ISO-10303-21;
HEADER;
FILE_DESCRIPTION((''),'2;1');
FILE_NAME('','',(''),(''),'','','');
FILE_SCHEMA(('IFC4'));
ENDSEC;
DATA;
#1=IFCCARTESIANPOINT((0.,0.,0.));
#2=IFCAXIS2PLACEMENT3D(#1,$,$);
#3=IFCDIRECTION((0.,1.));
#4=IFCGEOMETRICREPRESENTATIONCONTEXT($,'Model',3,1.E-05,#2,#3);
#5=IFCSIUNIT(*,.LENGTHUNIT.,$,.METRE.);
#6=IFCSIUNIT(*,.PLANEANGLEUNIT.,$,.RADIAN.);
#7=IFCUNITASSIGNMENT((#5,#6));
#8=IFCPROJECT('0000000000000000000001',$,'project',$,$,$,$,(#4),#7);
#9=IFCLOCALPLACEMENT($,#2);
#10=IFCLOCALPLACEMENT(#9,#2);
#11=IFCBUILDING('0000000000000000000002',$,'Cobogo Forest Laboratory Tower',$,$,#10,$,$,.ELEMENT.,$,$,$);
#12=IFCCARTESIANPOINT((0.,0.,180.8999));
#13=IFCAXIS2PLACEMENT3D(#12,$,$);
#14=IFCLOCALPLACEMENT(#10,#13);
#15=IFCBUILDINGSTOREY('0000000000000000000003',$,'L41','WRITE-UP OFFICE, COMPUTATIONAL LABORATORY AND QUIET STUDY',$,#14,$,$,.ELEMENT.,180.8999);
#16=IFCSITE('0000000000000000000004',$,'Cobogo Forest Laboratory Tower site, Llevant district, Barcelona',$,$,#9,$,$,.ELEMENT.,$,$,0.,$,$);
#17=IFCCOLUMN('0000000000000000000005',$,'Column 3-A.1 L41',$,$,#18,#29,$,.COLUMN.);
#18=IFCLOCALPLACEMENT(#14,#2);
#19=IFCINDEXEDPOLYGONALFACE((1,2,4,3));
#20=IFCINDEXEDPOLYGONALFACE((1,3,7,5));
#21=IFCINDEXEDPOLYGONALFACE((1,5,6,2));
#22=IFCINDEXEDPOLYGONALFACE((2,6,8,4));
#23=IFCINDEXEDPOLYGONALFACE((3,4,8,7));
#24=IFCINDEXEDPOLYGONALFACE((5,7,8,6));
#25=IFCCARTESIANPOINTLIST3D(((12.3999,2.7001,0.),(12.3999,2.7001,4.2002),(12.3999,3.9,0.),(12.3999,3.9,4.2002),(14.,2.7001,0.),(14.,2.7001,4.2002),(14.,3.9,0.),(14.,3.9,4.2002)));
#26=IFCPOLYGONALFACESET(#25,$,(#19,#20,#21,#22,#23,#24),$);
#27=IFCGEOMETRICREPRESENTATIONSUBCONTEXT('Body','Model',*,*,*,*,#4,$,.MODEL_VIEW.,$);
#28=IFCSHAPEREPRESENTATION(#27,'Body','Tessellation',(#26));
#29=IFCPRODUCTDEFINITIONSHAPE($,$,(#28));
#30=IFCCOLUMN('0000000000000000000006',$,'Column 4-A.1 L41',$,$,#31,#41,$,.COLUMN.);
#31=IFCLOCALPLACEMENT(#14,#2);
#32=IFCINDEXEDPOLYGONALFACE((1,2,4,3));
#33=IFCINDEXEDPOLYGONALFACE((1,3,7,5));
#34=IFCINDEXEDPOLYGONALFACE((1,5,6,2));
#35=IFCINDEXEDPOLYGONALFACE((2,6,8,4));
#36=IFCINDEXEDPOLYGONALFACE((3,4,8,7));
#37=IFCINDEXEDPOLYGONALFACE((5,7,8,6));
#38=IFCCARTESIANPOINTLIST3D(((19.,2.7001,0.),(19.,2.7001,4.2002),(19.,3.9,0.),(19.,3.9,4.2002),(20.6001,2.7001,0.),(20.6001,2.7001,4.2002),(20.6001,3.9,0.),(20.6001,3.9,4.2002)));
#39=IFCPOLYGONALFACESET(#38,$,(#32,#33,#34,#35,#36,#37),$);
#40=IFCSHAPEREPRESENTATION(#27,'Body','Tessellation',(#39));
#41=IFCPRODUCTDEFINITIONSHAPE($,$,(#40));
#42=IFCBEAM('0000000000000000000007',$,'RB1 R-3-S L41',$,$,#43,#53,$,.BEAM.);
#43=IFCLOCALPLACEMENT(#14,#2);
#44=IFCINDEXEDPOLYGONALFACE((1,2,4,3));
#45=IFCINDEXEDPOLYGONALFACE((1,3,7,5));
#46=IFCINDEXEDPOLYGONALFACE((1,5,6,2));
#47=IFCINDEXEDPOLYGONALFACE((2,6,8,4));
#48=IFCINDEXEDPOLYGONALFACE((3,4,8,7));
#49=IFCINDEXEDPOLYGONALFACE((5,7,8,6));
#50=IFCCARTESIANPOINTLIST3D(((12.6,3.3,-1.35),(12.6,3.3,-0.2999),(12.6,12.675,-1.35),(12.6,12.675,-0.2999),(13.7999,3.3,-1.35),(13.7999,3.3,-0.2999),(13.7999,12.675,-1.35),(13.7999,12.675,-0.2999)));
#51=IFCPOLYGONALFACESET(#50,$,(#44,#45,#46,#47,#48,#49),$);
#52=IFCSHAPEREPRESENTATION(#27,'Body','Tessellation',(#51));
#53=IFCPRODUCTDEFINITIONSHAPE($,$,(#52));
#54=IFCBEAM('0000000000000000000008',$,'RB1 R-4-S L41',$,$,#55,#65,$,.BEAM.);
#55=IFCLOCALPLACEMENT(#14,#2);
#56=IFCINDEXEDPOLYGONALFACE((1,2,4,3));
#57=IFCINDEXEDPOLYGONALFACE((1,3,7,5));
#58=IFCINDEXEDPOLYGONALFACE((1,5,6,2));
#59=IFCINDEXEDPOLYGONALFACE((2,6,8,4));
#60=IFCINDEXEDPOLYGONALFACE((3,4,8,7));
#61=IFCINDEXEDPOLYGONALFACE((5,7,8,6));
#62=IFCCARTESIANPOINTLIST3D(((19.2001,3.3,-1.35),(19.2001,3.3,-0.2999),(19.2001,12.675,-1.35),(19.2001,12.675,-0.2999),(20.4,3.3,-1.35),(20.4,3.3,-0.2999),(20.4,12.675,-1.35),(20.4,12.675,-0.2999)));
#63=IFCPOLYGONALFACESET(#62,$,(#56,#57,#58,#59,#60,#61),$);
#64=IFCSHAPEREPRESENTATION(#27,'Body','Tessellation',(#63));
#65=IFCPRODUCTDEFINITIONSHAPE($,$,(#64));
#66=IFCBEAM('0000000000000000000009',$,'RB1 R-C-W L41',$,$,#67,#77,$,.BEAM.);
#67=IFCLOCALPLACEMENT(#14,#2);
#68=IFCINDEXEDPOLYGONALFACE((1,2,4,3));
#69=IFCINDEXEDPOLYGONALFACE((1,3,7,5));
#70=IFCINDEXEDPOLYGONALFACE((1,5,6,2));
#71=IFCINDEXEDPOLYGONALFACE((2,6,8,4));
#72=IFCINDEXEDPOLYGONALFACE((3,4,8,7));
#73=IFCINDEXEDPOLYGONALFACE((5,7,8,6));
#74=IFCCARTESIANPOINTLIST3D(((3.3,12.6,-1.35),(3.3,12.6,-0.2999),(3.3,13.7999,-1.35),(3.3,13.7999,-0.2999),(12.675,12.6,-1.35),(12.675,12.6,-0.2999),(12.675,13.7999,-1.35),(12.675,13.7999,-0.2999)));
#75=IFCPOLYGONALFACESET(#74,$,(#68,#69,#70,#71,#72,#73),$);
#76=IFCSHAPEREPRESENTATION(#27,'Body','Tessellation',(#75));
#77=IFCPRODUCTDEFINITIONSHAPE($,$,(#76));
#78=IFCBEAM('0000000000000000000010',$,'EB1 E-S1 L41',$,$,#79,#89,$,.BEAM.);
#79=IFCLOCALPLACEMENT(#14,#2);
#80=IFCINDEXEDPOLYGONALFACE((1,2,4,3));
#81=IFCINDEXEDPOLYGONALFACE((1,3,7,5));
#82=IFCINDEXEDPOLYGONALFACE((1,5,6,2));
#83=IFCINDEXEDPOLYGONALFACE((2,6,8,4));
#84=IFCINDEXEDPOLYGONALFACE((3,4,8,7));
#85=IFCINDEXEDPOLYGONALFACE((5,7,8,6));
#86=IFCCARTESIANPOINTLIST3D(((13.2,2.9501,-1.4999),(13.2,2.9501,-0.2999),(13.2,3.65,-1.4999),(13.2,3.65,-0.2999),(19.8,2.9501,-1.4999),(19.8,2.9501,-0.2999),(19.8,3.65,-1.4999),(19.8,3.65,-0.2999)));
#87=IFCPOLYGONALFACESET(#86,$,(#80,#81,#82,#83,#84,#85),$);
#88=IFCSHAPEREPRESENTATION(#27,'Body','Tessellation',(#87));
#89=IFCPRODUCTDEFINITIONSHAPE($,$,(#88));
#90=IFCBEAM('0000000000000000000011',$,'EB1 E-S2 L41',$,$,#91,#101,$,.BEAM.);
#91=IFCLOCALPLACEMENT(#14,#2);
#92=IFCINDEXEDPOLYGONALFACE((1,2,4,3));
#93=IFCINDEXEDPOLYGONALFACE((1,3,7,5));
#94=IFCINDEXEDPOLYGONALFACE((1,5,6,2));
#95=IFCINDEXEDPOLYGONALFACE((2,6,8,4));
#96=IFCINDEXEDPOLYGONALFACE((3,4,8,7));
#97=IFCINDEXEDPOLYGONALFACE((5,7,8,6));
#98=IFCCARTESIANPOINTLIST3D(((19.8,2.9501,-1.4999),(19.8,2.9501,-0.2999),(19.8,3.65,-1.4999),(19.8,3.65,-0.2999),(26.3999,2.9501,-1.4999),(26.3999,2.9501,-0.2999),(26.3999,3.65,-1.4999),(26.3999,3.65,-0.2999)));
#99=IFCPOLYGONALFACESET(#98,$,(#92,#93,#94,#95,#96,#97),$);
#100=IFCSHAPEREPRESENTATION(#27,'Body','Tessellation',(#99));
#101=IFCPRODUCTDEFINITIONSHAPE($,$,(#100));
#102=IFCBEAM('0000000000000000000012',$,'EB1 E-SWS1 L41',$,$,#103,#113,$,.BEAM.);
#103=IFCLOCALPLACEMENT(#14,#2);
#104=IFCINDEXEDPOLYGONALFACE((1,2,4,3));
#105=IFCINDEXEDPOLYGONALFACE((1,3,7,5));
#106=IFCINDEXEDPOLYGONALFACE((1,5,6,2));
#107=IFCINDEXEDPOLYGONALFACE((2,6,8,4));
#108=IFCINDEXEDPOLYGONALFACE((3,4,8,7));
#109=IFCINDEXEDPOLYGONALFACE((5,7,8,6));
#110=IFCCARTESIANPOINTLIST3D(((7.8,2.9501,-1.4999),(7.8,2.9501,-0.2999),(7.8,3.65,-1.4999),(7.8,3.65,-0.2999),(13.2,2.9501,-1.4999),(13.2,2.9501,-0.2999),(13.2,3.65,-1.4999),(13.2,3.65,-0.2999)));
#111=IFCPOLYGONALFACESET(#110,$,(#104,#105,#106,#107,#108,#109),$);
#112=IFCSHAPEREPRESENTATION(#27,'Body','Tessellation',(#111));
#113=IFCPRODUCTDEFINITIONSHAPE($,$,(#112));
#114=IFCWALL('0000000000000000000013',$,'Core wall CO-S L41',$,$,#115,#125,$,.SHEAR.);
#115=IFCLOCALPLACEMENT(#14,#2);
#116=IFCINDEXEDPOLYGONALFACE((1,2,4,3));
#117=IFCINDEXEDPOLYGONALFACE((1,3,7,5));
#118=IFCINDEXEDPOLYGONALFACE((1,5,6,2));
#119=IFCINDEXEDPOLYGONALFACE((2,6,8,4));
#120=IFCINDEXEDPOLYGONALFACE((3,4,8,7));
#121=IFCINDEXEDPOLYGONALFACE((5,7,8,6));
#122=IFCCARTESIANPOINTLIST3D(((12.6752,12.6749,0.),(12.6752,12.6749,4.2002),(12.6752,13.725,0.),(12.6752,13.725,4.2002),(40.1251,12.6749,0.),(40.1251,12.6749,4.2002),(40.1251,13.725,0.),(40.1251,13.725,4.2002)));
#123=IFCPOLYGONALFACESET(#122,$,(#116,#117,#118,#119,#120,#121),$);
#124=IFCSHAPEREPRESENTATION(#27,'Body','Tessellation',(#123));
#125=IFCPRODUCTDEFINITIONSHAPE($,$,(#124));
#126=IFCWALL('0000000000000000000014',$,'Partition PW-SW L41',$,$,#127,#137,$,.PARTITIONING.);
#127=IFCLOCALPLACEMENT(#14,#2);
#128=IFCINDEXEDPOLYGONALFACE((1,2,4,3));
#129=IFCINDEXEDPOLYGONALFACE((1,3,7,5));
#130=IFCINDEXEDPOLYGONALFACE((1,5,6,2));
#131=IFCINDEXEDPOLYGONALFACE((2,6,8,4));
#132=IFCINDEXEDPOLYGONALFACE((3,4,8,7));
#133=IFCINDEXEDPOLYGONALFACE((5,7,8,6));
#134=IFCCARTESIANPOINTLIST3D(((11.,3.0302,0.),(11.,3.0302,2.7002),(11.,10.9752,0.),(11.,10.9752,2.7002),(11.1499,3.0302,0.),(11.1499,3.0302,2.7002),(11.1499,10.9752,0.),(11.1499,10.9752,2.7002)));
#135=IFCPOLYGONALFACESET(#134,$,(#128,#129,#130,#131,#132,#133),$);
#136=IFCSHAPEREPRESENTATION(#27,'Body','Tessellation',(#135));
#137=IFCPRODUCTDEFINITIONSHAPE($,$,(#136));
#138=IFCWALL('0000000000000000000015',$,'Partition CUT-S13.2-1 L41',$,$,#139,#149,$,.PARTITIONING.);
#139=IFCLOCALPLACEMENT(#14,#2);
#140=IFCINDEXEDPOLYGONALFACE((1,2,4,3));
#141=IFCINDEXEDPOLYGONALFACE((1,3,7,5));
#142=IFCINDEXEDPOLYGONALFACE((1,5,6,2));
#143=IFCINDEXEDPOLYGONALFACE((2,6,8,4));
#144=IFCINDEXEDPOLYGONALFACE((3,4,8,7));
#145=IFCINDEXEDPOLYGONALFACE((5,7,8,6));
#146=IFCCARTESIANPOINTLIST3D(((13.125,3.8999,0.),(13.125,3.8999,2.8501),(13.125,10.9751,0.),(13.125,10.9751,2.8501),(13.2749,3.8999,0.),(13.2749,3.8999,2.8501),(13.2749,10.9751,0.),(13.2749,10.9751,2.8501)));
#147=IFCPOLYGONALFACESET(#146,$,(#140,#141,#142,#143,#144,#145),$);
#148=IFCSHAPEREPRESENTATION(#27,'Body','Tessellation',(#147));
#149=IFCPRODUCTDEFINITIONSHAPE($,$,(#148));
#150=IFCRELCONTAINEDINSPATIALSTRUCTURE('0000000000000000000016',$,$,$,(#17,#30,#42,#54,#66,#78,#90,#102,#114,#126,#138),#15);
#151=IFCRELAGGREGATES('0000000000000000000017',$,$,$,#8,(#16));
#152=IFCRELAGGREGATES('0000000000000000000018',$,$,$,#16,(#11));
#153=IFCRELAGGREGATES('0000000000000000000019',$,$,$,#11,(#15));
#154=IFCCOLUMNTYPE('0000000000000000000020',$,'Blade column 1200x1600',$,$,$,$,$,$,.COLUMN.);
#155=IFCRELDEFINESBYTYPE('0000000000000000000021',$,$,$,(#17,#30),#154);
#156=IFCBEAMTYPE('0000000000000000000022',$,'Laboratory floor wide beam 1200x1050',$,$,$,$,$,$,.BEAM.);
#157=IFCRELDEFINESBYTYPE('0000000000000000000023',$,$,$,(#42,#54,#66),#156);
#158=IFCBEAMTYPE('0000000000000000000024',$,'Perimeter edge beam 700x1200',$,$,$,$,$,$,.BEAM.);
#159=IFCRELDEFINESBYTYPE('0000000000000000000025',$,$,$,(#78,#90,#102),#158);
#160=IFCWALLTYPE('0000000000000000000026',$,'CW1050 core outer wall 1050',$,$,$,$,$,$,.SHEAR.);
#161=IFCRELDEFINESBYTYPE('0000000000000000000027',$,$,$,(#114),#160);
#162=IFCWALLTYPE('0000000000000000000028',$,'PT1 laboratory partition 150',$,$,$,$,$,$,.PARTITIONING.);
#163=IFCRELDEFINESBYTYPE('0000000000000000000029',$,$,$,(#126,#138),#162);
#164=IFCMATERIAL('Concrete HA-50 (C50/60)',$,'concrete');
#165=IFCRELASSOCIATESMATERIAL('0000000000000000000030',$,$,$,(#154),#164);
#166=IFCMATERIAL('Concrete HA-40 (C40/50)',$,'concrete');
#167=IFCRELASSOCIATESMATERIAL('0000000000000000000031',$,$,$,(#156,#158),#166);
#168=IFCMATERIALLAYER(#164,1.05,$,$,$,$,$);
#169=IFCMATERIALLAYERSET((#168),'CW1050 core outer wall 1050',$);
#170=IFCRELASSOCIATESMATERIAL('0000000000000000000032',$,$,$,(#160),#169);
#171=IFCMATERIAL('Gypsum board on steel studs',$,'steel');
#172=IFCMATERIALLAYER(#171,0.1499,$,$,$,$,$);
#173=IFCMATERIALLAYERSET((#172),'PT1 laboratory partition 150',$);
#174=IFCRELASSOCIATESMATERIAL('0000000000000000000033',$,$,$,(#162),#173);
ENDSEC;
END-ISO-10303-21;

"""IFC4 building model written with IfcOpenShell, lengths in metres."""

from ifc_helpers import new_model, si_unit, direction, frame, frame_2d, origin, origin_2d, place, context, subcontext, project, spatial, rectangle, extrude, material, layer, layer_set, material_profile, profile_set, type_object, element, save


model = new_model("IFC4")

# Units and contexts
model_context = context("Model", 3, precision=1e-05, world=origin(), true_north=direction((0.0, 1.0)))
body_context = subcontext(model_context, "Body", "Model", "MODEL_VIEW")
ifc_project = project(units=[si_unit("LENGTHUNIT", "METRE"), si_unit("PLANEANGLEUNIT", "RADIAN")], contexts=[model_context])

# Site, building, storey
site_placement = place(None, origin())
site = spatial("IfcSite", under=ifc_project, at=site_placement, Name="Cobogo Forest Laboratory Tower site, Llevant district, Barcelona", CompositionType="ELEMENT", RefElevation=0.0)
building_placement = place(site_placement, origin())
building = spatial("IfcBuilding", under=site, at=building_placement, Name="Cobogo Forest Laboratory Tower", CompositionType="ELEMENT")
storey_placement = place(building_placement, frame((0.0, 0.0, 180.8999)))
storey = spatial("IfcBuildingStorey", under=building, at=storey_placement, Name="L41", Description="WRITE-UP OFFICE, COMPUTATIONAL LABORATORY AND QUIET STUDY", CompositionType="ELEMENT", Elevation=180.8999)

# Columns
ifc_material_1 = material(Name="Concrete HA-50 (C50/60)", Category="concrete")
ifc_material_profile_1 = material_profile(ifc_material_1, rectangle(XDim=1.6001, YDim=1.2, at=origin_2d()), Name="RC 1200x1600")
ifc_profile_set_1 = profile_set([ifc_material_profile_1], Name="Concrete HA-50 (C50/60)")
column_type = type_object("IfcColumnType", Name="Blade column 1200x1600", PredefinedType="COLUMN", material=ifc_profile_set_1)
for number, where, z_axis, x_axis, name in (
    (1, (13.2, 3.3, 0.0), (0.0, 0.0, 1.0), (1.0, 0.0, 0.0), "Column 3-A.1 L41"),
    (2, (19.8, 3.3, 0.0), (0.0, 0.0, 1.0), (1.0, 0.0, 0.0), "Column 4-A.1 L41"),
):
    element("IfcColumn", number, at=place(storey_placement, frame(where, z_axis=z_axis, x_axis=x_axis)), inside=storey, type_object=column_type, Name=name, PredefinedType="COLUMN", context=body_context, shape_type="SweptSolid", body=[
        extrude(rectangle(XDim=1.6001, YDim=1.2, at=origin_2d()), origin(), (0.0, 0.0, 1.0), 4.2002),
    ])

# Beams
ifc_material_2 = material(Name="Concrete HA-40 (C40/50)", Category="concrete")
ifc_material_profile_2 = material_profile(ifc_material_2, rectangle(XDim=1.2, YDim=1.05, at=origin_2d()), Name="RC 1200x1050")
ifc_profile_set_2 = profile_set([ifc_material_profile_2], Name="Concrete HA-40 (C40/50)")
beam_type_1 = type_object("IfcBeamType", Name="Laboratory floor wide beam 1200x1050", PredefinedType="BEAM", material=ifc_profile_set_2)
for number, where, z_axis, x_axis, name in (
    (3, (13.2, 12.675, -0.825), (0.0, -1.0, 0.0), (1.0, 0.0, 0.0), "RB1 R-3-S L41"),
    (4, (19.8, 12.675, -0.825), (0.0, -1.0, 0.0), (1.0, 0.0, 0.0), "RB1 R-4-S L41"),
    (5, (12.675, 13.2, -0.825), (-1.0, 0.0, 0.0), (0.0, -1.0, 0.0), "RB1 R-C-W L41"),
):
    element("IfcBeam", number, at=place(storey_placement, frame(where, z_axis=z_axis, x_axis=x_axis)), inside=storey, type_object=beam_type_1, Name=name, PredefinedType="BEAM", context=body_context, shape_type="SweptSolid", body=[
        extrude(rectangle(XDim=1.2, YDim=1.05, at=origin_2d()), origin(), (0.0, 0.0, 1.0), 9.375),
    ])
ifc_material_profile_3 = material_profile(ifc_material_2, rectangle(XDim=0.7, YDim=1.2, at=origin_2d()), Name="RC 700x1200")
ifc_profile_set_3 = profile_set([ifc_material_profile_3], Name="Concrete HA-40 (C40/50)")
beam_type_2 = type_object("IfcBeamType", Name="Perimeter edge beam 700x1200", PredefinedType="BEAM", material=ifc_profile_set_3)
beam_1_placement = place(storey_placement, frame((13.2, 3.3, -0.8999), z_axis=(1.0, 0.0, 0.0), x_axis=(0.0, 1.0, 0.0)))
element("IfcBeam", 6, at=beam_1_placement, inside=storey, type_object=beam_type_2, Name="EB1 E-S1 L41", PredefinedType="BEAM", context=body_context, shape_type="SweptSolid", body=[
    extrude(rectangle(XDim=0.7, YDim=1.2, at=origin_2d()), origin(), (0.0, 0.0, 1.0), 6.6001),
])
beam_2_placement = place(storey_placement, frame((19.8, 3.3, -0.8999), z_axis=(1.0, 0.0, 0.0), x_axis=(0.0, 1.0, 0.0)))
element("IfcBeam", 7, at=beam_2_placement, inside=storey, type_object=beam_type_2, Name="EB1 E-S2 L41", PredefinedType="BEAM", context=body_context, shape_type="SweptSolid", body=[
    extrude(rectangle(XDim=0.7, YDim=1.2, at=origin_2d()), origin(), (0.0, 0.0, 1.0), 6.5999),
])
beam_3_placement = place(storey_placement, frame((13.2, 3.3, -0.8999), z_axis=(-1.0, 0.0, 0.0), x_axis=(0.0, -1.0, 0.0)))
element("IfcBeam", 8, at=beam_3_placement, inside=storey, type_object=beam_type_2, Name="EB1 E-SWS1 L41", PredefinedType="BEAM", context=body_context, shape_type="SweptSolid", body=[
    extrude(rectangle(XDim=0.7, YDim=1.2, at=origin_2d()), origin(), (0.0, 0.0, 1.0), 5.3999),
])

# Walls
ifc_layer_1 = layer(ifc_material_1, 1.05)
ifc_layer_set_1 = layer_set([ifc_layer_1], Name="CW1050 core outer wall 1050")
wall_type_1 = type_object("IfcWallType", Name="CW1050 core outer wall 1050", PredefinedType="SHEAR", material=ifc_layer_set_1)
wall_1_placement = place(storey_placement, frame((12.675, 13.2, 0.0), z_axis=(0.0, 0.0, 1.0), x_axis=(1.0, 0.0, 0.0)))
element("IfcWall", 9, at=wall_1_placement, inside=storey, type_object=wall_type_1, Name="Core wall CO-S L41", PredefinedType="SHEAR", context=body_context, shape_type="SweptSolid", body=[
    extrude(rectangle(XDim=27.45, YDim=1.05, at=frame_2d((13.7251, 0.0))), origin(), (0.0, 0.0, 1.0), 4.2002),
])
ifc_material_3 = material(Name="Gypsum board on steel studs", Category="steel")
ifc_layer_2 = layer(ifc_material_3, 0.1499)
ifc_layer_set_2 = layer_set([ifc_layer_2], Name="PT1 laboratory partition 150")
wall_type_2 = type_object("IfcWallType", Name="PT1 laboratory partition 150", PredefinedType="PARTITIONING", material=ifc_layer_set_2)
wall_2_placement = place(storey_placement, frame((11.075, 3.03, 0.0), z_axis=(0.0, 0.0, 1.0), x_axis=(0.0, 1.0, 0.0)))
element("IfcWall", 10, at=wall_2_placement, inside=storey, type_object=wall_type_2, Name="Partition PW-SW L41", PredefinedType="PARTITIONING", context=body_context, shape_type="SweptSolid", body=[
    extrude(rectangle(XDim=7.9451, YDim=0.1499, at=frame_2d((3.9727, 0.0))), origin(), (0.0, 0.0, 1.0), 2.7002),
])
wall_3_placement = place(storey_placement, frame((13.2, 3.8999, 0.0), z_axis=(0.0, 0.0, 1.0), x_axis=(0.0, 1.0, 0.0)))
element("IfcWall", 11, at=wall_3_placement, inside=storey, type_object=wall_type_2, Name="Partition CUT-S13.2-1 L41", PredefinedType="PARTITIONING", context=body_context, shape_type="SweptSolid", body=[
    extrude(rectangle(XDim=7.0752, YDim=0.1499, at=frame_2d((3.5376, 0.0))), origin(), (0.0, 0.0, 1.0), 2.8501),
])

save(model, "model.ifc")
